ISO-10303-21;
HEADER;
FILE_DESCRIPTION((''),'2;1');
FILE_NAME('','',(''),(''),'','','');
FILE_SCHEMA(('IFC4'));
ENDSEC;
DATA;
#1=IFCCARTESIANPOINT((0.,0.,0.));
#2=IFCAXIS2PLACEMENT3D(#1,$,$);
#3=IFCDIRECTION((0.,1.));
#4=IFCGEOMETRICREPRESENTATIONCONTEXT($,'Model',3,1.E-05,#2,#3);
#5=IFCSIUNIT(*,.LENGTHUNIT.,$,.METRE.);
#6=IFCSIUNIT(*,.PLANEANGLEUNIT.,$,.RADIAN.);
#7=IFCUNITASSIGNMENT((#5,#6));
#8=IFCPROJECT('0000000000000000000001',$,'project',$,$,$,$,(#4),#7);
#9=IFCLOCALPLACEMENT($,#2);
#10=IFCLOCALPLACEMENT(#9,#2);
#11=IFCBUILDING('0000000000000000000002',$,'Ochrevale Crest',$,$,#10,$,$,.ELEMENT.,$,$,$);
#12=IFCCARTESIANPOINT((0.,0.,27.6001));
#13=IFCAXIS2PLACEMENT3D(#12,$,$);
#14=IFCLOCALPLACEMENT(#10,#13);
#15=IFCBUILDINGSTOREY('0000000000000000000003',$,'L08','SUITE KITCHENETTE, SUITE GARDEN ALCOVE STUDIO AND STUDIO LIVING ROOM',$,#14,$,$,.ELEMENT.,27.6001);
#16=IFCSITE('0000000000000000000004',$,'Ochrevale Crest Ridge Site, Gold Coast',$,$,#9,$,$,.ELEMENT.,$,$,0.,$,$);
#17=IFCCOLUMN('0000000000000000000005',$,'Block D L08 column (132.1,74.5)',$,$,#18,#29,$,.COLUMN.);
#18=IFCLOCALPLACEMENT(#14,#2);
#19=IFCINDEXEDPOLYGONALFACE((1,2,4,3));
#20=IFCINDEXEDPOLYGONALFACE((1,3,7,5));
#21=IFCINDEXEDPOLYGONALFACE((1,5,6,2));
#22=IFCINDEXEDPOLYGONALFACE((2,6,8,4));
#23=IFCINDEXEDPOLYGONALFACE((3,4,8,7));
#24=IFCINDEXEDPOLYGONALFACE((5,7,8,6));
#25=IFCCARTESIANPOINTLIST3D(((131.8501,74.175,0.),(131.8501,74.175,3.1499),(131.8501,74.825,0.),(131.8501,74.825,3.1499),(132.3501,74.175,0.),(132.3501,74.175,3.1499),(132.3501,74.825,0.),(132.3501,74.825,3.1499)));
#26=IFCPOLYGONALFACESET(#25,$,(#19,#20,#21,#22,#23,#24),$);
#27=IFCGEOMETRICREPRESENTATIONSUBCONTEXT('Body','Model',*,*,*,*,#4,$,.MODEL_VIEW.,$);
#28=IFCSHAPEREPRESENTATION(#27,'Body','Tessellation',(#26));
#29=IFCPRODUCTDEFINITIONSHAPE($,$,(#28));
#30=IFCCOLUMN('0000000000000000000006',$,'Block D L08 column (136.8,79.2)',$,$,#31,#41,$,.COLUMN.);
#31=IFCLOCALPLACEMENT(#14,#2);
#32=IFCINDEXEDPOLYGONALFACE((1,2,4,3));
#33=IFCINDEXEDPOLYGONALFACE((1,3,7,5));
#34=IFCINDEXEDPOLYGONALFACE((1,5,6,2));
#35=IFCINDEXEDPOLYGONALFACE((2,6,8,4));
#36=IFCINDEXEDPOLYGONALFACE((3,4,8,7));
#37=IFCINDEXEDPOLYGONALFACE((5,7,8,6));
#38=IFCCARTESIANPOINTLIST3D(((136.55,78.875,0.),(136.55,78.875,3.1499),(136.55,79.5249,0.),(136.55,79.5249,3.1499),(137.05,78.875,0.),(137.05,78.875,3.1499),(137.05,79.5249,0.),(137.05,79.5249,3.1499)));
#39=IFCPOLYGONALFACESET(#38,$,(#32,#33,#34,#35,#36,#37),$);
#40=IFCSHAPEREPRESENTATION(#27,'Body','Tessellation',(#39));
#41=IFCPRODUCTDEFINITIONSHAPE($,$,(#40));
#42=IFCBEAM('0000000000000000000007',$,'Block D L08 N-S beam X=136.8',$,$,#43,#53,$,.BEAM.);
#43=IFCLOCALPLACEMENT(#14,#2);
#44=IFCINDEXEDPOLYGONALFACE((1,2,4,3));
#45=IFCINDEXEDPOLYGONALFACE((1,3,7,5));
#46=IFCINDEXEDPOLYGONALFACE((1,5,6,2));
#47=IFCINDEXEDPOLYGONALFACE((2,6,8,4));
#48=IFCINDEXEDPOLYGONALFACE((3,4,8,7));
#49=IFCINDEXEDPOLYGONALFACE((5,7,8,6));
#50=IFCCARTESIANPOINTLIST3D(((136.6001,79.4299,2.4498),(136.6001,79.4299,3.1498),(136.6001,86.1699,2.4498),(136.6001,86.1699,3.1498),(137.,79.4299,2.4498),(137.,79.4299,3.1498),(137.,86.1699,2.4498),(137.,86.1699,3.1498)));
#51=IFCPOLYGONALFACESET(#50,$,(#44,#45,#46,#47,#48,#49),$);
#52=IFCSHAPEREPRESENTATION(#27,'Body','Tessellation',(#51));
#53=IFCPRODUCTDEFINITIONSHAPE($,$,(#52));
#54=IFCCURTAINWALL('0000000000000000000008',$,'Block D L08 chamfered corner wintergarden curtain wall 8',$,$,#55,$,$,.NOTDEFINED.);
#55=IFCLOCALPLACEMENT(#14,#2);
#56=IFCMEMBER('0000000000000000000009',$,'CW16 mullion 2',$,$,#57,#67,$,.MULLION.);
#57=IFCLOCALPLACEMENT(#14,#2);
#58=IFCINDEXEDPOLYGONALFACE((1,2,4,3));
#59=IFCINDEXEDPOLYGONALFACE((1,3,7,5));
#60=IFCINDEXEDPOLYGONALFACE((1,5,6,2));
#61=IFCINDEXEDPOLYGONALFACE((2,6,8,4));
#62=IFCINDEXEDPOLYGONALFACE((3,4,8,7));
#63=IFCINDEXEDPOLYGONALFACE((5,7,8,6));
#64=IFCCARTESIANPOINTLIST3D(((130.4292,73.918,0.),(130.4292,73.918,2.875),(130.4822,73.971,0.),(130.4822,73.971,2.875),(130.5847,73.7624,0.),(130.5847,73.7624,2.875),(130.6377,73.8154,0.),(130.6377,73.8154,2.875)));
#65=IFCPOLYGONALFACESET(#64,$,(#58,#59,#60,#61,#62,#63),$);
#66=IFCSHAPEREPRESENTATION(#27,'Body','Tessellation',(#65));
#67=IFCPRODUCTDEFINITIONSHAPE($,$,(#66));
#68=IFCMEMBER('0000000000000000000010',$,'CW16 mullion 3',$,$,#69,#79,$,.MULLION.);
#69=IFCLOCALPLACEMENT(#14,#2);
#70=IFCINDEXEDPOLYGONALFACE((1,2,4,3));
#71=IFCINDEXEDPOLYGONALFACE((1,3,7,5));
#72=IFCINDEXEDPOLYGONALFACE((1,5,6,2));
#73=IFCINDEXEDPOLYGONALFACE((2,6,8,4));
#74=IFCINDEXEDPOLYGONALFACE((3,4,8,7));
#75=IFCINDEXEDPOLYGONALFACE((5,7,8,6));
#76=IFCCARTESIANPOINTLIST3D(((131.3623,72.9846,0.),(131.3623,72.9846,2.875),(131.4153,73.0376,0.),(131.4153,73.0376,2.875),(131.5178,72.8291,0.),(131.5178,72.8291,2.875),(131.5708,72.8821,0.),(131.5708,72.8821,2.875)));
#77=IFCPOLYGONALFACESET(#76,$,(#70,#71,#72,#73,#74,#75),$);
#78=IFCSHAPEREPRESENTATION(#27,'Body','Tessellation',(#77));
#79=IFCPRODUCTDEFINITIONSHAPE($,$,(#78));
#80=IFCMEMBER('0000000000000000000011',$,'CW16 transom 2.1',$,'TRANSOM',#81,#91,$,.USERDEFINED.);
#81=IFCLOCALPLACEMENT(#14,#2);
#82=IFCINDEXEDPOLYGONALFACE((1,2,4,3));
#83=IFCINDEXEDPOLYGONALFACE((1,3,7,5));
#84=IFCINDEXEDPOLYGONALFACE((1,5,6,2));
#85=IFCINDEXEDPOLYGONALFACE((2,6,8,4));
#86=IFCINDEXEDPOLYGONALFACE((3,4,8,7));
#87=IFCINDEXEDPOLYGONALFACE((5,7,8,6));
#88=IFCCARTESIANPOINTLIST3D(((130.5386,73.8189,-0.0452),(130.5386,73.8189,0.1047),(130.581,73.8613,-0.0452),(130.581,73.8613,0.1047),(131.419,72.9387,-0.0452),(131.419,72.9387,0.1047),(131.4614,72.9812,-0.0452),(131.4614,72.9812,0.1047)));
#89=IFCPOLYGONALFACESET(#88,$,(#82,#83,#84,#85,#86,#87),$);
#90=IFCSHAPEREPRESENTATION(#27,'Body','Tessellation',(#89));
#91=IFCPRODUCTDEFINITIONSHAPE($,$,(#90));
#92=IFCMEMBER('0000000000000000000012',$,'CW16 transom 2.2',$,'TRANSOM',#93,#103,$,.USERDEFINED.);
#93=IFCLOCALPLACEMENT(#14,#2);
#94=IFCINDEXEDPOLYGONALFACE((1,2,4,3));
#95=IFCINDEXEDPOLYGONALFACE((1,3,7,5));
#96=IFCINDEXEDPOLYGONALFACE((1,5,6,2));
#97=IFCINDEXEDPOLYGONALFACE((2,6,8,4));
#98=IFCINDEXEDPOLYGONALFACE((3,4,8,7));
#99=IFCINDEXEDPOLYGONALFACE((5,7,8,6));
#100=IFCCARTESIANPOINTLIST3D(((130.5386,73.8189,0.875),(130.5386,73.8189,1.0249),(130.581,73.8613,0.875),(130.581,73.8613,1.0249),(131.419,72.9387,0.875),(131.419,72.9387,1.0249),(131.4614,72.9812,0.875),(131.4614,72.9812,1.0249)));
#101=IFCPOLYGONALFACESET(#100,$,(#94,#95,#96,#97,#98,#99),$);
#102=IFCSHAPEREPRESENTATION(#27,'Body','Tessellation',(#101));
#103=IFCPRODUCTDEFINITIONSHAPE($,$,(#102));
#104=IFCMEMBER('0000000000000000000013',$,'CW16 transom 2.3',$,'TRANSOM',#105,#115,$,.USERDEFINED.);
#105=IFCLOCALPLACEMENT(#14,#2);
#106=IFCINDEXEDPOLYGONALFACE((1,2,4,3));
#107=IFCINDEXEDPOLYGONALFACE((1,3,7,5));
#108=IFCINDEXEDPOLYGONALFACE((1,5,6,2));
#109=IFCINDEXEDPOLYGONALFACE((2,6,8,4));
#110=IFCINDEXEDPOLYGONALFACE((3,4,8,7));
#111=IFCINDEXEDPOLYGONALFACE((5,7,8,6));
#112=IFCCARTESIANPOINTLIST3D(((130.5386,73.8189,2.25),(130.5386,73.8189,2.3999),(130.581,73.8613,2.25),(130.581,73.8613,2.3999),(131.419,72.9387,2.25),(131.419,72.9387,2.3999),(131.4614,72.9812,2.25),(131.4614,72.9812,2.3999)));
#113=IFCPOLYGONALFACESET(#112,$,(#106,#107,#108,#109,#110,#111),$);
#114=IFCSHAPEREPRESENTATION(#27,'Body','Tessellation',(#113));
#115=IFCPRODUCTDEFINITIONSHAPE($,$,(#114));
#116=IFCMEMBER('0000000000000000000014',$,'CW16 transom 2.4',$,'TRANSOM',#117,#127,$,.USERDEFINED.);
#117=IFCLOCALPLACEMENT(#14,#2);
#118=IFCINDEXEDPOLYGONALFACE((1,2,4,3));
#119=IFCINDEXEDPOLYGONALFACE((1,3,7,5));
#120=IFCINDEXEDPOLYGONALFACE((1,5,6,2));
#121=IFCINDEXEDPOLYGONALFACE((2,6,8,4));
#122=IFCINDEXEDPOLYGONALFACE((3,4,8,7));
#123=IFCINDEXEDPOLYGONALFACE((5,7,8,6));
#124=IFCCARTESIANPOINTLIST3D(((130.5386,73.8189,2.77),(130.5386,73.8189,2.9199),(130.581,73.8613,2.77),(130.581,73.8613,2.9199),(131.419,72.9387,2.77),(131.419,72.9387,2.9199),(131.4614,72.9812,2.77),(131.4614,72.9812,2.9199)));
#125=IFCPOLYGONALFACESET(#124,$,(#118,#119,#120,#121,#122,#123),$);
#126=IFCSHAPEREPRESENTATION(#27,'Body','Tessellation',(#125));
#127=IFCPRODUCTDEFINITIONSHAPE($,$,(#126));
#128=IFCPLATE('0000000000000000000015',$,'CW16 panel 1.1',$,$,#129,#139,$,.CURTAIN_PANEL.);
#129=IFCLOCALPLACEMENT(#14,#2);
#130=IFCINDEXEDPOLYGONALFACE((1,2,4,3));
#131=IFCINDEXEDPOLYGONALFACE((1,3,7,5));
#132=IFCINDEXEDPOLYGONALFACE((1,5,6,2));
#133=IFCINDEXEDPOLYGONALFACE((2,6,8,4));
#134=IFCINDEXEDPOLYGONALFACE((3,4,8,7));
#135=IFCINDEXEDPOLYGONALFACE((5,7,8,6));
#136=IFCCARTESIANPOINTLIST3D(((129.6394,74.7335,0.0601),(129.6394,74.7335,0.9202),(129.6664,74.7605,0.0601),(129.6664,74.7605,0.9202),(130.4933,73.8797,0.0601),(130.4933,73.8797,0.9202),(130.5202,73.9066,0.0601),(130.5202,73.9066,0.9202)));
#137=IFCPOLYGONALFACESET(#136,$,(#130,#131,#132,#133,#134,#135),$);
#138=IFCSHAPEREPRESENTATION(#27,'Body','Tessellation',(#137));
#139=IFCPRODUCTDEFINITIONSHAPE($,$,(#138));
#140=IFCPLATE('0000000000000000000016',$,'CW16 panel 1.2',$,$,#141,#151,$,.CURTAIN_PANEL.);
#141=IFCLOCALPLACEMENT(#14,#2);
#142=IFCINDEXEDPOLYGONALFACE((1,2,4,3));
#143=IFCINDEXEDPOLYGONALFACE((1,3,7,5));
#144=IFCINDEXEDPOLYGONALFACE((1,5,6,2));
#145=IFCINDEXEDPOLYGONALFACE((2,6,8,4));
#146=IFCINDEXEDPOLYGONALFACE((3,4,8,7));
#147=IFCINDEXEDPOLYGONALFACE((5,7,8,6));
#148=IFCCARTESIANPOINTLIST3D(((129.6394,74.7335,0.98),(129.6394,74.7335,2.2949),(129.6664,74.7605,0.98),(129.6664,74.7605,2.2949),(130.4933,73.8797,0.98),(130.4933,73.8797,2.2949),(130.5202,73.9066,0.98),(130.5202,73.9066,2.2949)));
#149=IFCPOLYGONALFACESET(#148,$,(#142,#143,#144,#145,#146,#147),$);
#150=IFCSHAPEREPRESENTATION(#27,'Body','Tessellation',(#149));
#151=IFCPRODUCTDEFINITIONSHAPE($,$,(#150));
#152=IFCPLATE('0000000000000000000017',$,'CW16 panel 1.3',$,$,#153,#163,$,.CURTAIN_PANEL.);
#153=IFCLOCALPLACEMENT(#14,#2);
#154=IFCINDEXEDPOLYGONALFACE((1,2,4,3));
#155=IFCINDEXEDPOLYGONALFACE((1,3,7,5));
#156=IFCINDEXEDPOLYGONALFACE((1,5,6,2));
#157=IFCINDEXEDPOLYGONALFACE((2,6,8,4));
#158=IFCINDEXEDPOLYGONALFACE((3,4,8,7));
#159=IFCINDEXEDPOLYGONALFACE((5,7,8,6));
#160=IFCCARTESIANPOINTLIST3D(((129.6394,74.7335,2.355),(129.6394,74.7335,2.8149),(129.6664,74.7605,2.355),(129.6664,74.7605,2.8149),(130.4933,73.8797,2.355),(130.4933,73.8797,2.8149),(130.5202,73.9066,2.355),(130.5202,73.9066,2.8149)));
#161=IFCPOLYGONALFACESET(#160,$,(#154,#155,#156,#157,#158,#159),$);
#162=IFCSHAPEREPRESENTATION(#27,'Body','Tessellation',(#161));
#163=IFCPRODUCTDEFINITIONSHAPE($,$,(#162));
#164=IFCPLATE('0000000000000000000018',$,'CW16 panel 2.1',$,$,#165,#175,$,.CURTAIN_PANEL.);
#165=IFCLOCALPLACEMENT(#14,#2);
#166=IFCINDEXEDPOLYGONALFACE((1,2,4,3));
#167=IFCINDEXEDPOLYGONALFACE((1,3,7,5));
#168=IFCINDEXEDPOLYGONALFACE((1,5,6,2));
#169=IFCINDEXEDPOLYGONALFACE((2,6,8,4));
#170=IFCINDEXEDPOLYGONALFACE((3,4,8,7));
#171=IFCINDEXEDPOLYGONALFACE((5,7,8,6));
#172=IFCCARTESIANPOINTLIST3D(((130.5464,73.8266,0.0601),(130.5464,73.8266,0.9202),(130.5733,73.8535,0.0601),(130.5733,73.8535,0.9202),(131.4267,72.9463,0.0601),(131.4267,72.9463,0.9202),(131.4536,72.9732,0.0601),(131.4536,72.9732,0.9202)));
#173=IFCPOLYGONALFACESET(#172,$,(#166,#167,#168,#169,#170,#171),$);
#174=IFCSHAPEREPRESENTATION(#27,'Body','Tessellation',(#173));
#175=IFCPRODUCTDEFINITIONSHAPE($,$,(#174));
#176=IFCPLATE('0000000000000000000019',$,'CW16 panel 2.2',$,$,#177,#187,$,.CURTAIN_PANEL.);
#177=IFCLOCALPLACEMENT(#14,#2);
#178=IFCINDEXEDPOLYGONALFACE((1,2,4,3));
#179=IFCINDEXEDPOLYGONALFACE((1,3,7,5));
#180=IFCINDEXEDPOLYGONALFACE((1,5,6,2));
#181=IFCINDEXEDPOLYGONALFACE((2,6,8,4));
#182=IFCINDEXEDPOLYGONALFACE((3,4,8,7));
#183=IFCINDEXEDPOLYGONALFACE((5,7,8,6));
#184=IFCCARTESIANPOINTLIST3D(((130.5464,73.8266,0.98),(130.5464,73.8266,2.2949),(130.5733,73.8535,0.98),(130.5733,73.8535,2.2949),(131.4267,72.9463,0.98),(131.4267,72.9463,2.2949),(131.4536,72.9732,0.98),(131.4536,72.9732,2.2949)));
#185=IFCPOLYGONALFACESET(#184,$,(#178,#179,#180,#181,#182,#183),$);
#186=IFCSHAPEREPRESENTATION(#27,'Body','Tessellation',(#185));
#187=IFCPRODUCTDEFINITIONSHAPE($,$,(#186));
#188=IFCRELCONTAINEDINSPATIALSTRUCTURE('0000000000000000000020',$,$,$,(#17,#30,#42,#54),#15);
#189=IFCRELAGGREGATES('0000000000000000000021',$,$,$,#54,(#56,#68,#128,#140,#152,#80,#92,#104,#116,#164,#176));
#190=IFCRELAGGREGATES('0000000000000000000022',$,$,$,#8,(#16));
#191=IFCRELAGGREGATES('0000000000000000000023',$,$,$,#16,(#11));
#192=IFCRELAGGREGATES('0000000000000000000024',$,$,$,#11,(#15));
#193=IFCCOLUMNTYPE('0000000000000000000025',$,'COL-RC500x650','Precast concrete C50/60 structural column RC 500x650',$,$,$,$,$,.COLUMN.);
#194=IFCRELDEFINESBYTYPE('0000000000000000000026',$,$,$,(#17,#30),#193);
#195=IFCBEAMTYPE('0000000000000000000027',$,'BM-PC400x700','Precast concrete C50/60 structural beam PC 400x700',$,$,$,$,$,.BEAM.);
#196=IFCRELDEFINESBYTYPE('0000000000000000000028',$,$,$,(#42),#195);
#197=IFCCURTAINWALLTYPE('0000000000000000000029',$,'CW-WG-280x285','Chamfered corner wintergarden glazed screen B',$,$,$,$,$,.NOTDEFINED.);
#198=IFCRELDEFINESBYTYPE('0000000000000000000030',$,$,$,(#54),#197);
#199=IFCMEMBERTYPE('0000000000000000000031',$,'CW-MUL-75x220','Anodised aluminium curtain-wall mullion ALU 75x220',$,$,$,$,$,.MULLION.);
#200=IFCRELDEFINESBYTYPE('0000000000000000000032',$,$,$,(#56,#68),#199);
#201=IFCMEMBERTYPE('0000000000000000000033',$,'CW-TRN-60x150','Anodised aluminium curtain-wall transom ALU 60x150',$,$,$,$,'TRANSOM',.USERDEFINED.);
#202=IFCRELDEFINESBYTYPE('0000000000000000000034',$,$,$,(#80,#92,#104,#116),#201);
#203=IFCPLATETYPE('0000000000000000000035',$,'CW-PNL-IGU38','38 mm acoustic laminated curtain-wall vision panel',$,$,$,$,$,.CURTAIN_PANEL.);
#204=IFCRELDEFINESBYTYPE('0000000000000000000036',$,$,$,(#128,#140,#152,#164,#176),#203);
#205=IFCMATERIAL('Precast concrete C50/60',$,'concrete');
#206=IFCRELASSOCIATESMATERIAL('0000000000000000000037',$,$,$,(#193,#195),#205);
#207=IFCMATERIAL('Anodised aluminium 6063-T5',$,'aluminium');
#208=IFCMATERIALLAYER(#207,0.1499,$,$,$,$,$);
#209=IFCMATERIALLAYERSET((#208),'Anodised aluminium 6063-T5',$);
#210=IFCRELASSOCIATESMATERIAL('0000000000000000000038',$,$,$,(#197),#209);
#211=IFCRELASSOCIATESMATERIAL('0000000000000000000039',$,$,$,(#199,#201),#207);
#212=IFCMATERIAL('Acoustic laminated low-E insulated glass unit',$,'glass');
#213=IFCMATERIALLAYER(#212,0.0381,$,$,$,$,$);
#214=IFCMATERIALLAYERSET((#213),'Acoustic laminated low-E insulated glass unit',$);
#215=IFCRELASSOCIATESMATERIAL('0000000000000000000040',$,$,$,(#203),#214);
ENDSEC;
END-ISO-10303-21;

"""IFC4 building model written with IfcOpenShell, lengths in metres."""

from ifc_helpers import new_model, si_unit, direction, frame, origin, origin_2d, place, context, subcontext, project, spatial, rectangle, extrude, material, layer, layer_set, material_profile, profile_set, type_object, element, aggregate, save


model = new_model("IFC4")

# Units and contexts
model_context = context("Model", 3, precision=1e-05, world=origin(), true_north=direction((0.0, 1.0)))
body_context = subcontext(model_context, "Body", "Model", "MODEL_VIEW")
ifc_project = project(units=[si_unit("LENGTHUNIT", "METRE"), si_unit("PLANEANGLEUNIT", "RADIAN")], contexts=[model_context])

# Site, building, storey
site_placement = place(None, origin())
site = spatial("IfcSite", under=ifc_project, at=site_placement, Name="Ochrevale Crest Ridge Site, Gold Coast", CompositionType="ELEMENT", RefElevation=0.0)
building_placement = place(site_placement, origin())
building = spatial("IfcBuilding", under=site, at=building_placement, Name="Ochrevale Crest", CompositionType="ELEMENT")
storey_placement = place(building_placement, frame((0.0, 0.0, 27.6001)))
storey = spatial("IfcBuildingStorey", under=building, at=storey_placement, Name="L08", Description="SUITE KITCHENETTE, SUITE GARDEN ALCOVE STUDIO AND STUDIO LIVING ROOM", CompositionType="ELEMENT", Elevation=27.6001)

# Columns
ifc_material_1 = material(Name="Precast concrete C50/60", Category="concrete")
ifc_material_profile_1 = material_profile(ifc_material_1, rectangle(XDim=0.5, YDim=0.6499, at=origin_2d()), Name="RC 500x650")
ifc_profile_set_1 = profile_set([ifc_material_profile_1], Name="Precast concrete C50/60")
column_type = type_object("IfcColumnType", Name="COL-RC500x650", Description="Precast concrete C50/60 structural column RC 500x650", PredefinedType="COLUMN", material=ifc_profile_set_1)
for number, where, z_axis, x_axis, name in (
    (1, (132.1001, 74.5, 0.0), (0.0, 0.0, 1.0), (1.0, 0.0, 0.0), "Block D L08 column (132.1,74.5)"),
    (2, (136.8, 79.2, 0.0), (0.0, 0.0, 1.0), (1.0, 0.0, 0.0), "Block D L08 column (136.8,79.2)"),
):
    element("IfcColumn", number, at=place(storey_placement, frame(where, z_axis=z_axis, x_axis=x_axis)), inside=storey, type_object=column_type, Name=name, PredefinedType="COLUMN", context=body_context, shape_type="SweptSolid", body=[
        extrude(rectangle(XDim=0.5, YDim=0.6499, at=origin_2d()), origin(), (0.0, 0.0, 1.0), 3.1499),
    ])

# Beam
ifc_material_profile_2 = material_profile(ifc_material_1, rectangle(XDim=0.3999, YDim=0.7, at=origin_2d()), Name="PC 400x700")
ifc_profile_set_2 = profile_set([ifc_material_profile_2], Name="Precast concrete C50/60")
beam_type = type_object("IfcBeamType", Name="BM-PC400x700", Description="Precast concrete C50/60 structural beam PC 400x700", PredefinedType="BEAM", material=ifc_profile_set_2)
beam_placement = place(storey_placement, frame((136.8, 79.4299, 2.7998), z_axis=(0.0, 1.0, 0.0), x_axis=(-1.0, 0.0, 0.0)))
element("IfcBeam", 3, at=beam_placement, inside=storey, type_object=beam_type, Name="Block D L08 N-S beam X=136.8", PredefinedType="BEAM", context=body_context, shape_type="SweptSolid", body=[
    extrude(rectangle(XDim=0.3999, YDim=0.7, at=origin_2d()), origin(), (0.0, 0.0, 1.0), 6.74),
])

# Curtain wall, members, plates
ifc_material_2 = material(Name="Anodised aluminium 6063-T5", Category="aluminium")
ifc_layer_1 = layer(ifc_material_2, 0.1499)
ifc_layer_set_1 = layer_set([ifc_layer_1], Name="Anodised aluminium 6063-T5")
curtain_wall_type = type_object("IfcCurtainWallType", Name="CW-WG-280x285", Description="Chamfered corner wintergarden glazed screen B", PredefinedType="NOTDEFINED", material=ifc_layer_set_1)
curtain_wall_placement = place(storey_placement, origin())
curtain_wall = element("IfcCurtainWall", 4, at=curtain_wall_placement, inside=storey, type_object=curtain_wall_type, Name="Block D L08 chamfered corner wintergarden curtain wall 8", PredefinedType="NOTDEFINED")
ifc_material_profile_3 = material_profile(ifc_material_2, rectangle(XDim=0.075, YDim=0.22, at=origin_2d()), Name="ALU 75x220")
ifc_profile_set_3 = profile_set([ifc_material_profile_3], Name="Anodised aluminium 6063-T5")
member_type_1 = type_object("IfcMemberType", Name="CW-MUL-75x220", Description="Anodised aluminium curtain-wall mullion ALU 75x220", PredefinedType="MULLION", material=ifc_profile_set_3)
member_1_placement = place(storey_placement, frame((130.5334, 73.8667, 0.0), z_axis=(0.0, 0.0, 1.0), x_axis=(0.707107, 0.707107, 0.0)))
member_1 = element("IfcMember", 5, at=member_1_placement, type_object=member_type_1, Name="CW16 mullion 2", PredefinedType="MULLION", context=body_context, shape_type="SweptSolid", body=[
    extrude(rectangle(XDim=0.075, YDim=0.22, at=origin_2d()), origin(), (0.0, 0.0, 1.0), 2.875),
])
member_2_placement = place(storey_placement, frame((131.4666, 72.9333, 0.0), z_axis=(0.0, 0.0, 1.0), x_axis=(0.707107, 0.707107, 0.0)))
member_2 = element("IfcMember", 6, at=member_2_placement, type_object=member_type_1, Name="CW16 mullion 3", PredefinedType="MULLION", context=body_context, shape_type="SweptSolid", body=[
    extrude(rectangle(XDim=0.075, YDim=0.22, at=origin_2d()), origin(), (0.0, 0.0, 1.0), 2.875),
])
ifc_material_profile_4 = material_profile(ifc_material_2, rectangle(XDim=0.0601, YDim=0.1499, at=origin_2d()), Name="ALU 60x150")
ifc_profile_set_4 = profile_set([ifc_material_profile_4], Name="Anodised aluminium 6063-T5")
member_type_2 = type_object("IfcMemberType", Name="CW-TRN-60x150", Description="Anodised aluminium curtain-wall transom ALU 60x150", ElementType="TRANSOM", PredefinedType="USERDEFINED", material=ifc_profile_set_4)
member_3_placement = place(storey_placement, frame((130.5598, 73.8401, 0.0298), z_axis=(0.707205, -0.707009, 0.0), x_axis=(0.707009, 0.707205, 0.0)))
member_3 = element("IfcMember", 7, at=member_3_placement, type_object=member_type_2, Name="CW16 transom 2.1", ObjectType="TRANSOM", PredefinedType="USERDEFINED", context=body_context, shape_type="SweptSolid", body=[
    extrude(rectangle(XDim=0.0601, YDim=0.1499, at=origin_2d()), origin(), (0.0, 0.0, 1.0), 1.2449),
])
member_4_placement = place(storey_placement, frame((130.5598, 73.8401, 0.95), z_axis=(0.707205, -0.707009, 0.0), x_axis=(0.707009, 0.707205, 0.0)))
member_4 = element("IfcMember", 8, at=member_4_placement, type_object=member_type_2, Name="CW16 transom 2.2", ObjectType="TRANSOM", PredefinedType="USERDEFINED", context=body_context, shape_type="SweptSolid", body=[
    extrude(rectangle(XDim=0.0601, YDim=0.1499, at=origin_2d()), origin(), (0.0, 0.0, 1.0), 1.2449),
])
member_5_placement = place(storey_placement, frame((130.5598, 73.8401, 2.325), z_axis=(0.707205, -0.707009, 0.0), x_axis=(0.707009, 0.707205, 0.0)))
member_5 = element("IfcMember", 9, at=member_5_placement, type_object=member_type_2, Name="CW16 transom 2.3", ObjectType="TRANSOM", PredefinedType="USERDEFINED", context=body_context, shape_type="SweptSolid", body=[
    extrude(rectangle(XDim=0.0601, YDim=0.1499, at=origin_2d()), origin(), (0.0, 0.0, 1.0), 1.2449),
])
member_6_placement = place(storey_placement, frame((130.5598, 73.8401, 2.845), z_axis=(0.707205, -0.707009, 0.0), x_axis=(0.707009, 0.707205, 0.0)))
member_6 = element("IfcMember", 10, at=member_6_placement, type_object=member_type_2, Name="CW16 transom 2.4", ObjectType="TRANSOM", PredefinedType="USERDEFINED", context=body_context, shape_type="SweptSolid", body=[
    extrude(rectangle(XDim=0.0601, YDim=0.1499, at=origin_2d()), origin(), (0.0, 0.0, 1.0), 1.2449),
])
ifc_material_3 = material(Name="Acoustic laminated low-E insulated glass unit", Category="glass")
ifc_layer_2 = layer(ifc_material_3, 0.0381)
ifc_layer_set_2 = layer_set([ifc_layer_2], Name="Acoustic laminated low-E insulated glass unit")
plate_type = type_object("IfcPlateType", Name="CW-PNL-IGU38", Description="38 mm acoustic laminated curtain-wall vision panel", PredefinedType="CURTAIN_PANEL", material=ifc_layer_set_2)
plate_1_placement = place(storey_placement, frame((130.0798, 74.3201, 0.0601), z_axis=(0.0, 0.0, 1.0), x_axis=(0.707107, -0.707107, 0.0)))
plate_1 = element("IfcPlate", 11, at=plate_1_placement, type_object=plate_type, Name="CW16 panel 1.1", PredefinedType="CURTAIN_PANEL", context=body_context, shape_type="SweptSolid", body=[
    extrude(rectangle(XDim=1.2075, YDim=0.0381, at=origin_2d()), origin(), (0.0, 0.0, 1.0), 0.8601),
])
plate_2_placement = place(storey_placement, frame((130.0798, 74.3201, 0.98), z_axis=(0.0, 0.0, 1.0), x_axis=(0.707107, -0.707107, 0.0)))
plate_2 = element("IfcPlate", 12, at=plate_2_placement, type_object=plate_type, Name="CW16 panel 1.2", PredefinedType="CURTAIN_PANEL", context=body_context, shape_type="SweptSolid", body=[
    extrude(rectangle(XDim=1.2075, YDim=0.0381, at=origin_2d()), origin(), (0.0, 0.0, 1.0), 1.3149),
])
plate_3_placement = place(storey_placement, frame((130.0798, 74.3201, 2.355), z_axis=(0.0, 0.0, 1.0), x_axis=(0.707107, -0.707107, 0.0)))
plate_3 = element("IfcPlate", 13, at=plate_3_placement, type_object=plate_type, Name="CW16 panel 1.3", PredefinedType="CURTAIN_PANEL", context=body_context, shape_type="SweptSolid", body=[
    extrude(rectangle(XDim=1.2075, YDim=0.0381, at=origin_2d()), origin(), (0.0, 0.0, 1.0), 0.46),
])
plate_4_placement = place(storey_placement, frame((131.0, 73.3999, 0.0601), z_axis=(0.0, 0.0, 1.0), x_axis=(0.707107, -0.707107, 0.0)))
plate_4 = element("IfcPlate", 14, at=plate_4_placement, type_object=plate_type, Name="CW16 panel 2.1", PredefinedType="CURTAIN_PANEL", context=body_context, shape_type="SweptSolid", body=[
    extrude(rectangle(XDim=1.2449, YDim=0.0381, at=origin_2d()), origin(), (0.0, 0.0, 1.0), 0.8601),
])
plate_5_placement = place(storey_placement, frame((131.0, 73.3999, 0.98), z_axis=(0.0, 0.0, 1.0), x_axis=(0.707107, -0.707107, 0.0)))
plate_5 = element("IfcPlate", 15, at=plate_5_placement, type_object=plate_type, Name="CW16 panel 2.2", PredefinedType="CURTAIN_PANEL", context=body_context, shape_type="SweptSolid", body=[
    extrude(rectangle(XDim=1.2449, YDim=0.0381, at=origin_2d()), origin(), (0.0, 0.0, 1.0), 1.3149),
])
aggregate(curtain_wall, [member_1, member_2, plate_1, plate_2, plate_3, member_3, member_4, member_5, member_6, plate_4, plate_5])

save(model, "model.ifc")
